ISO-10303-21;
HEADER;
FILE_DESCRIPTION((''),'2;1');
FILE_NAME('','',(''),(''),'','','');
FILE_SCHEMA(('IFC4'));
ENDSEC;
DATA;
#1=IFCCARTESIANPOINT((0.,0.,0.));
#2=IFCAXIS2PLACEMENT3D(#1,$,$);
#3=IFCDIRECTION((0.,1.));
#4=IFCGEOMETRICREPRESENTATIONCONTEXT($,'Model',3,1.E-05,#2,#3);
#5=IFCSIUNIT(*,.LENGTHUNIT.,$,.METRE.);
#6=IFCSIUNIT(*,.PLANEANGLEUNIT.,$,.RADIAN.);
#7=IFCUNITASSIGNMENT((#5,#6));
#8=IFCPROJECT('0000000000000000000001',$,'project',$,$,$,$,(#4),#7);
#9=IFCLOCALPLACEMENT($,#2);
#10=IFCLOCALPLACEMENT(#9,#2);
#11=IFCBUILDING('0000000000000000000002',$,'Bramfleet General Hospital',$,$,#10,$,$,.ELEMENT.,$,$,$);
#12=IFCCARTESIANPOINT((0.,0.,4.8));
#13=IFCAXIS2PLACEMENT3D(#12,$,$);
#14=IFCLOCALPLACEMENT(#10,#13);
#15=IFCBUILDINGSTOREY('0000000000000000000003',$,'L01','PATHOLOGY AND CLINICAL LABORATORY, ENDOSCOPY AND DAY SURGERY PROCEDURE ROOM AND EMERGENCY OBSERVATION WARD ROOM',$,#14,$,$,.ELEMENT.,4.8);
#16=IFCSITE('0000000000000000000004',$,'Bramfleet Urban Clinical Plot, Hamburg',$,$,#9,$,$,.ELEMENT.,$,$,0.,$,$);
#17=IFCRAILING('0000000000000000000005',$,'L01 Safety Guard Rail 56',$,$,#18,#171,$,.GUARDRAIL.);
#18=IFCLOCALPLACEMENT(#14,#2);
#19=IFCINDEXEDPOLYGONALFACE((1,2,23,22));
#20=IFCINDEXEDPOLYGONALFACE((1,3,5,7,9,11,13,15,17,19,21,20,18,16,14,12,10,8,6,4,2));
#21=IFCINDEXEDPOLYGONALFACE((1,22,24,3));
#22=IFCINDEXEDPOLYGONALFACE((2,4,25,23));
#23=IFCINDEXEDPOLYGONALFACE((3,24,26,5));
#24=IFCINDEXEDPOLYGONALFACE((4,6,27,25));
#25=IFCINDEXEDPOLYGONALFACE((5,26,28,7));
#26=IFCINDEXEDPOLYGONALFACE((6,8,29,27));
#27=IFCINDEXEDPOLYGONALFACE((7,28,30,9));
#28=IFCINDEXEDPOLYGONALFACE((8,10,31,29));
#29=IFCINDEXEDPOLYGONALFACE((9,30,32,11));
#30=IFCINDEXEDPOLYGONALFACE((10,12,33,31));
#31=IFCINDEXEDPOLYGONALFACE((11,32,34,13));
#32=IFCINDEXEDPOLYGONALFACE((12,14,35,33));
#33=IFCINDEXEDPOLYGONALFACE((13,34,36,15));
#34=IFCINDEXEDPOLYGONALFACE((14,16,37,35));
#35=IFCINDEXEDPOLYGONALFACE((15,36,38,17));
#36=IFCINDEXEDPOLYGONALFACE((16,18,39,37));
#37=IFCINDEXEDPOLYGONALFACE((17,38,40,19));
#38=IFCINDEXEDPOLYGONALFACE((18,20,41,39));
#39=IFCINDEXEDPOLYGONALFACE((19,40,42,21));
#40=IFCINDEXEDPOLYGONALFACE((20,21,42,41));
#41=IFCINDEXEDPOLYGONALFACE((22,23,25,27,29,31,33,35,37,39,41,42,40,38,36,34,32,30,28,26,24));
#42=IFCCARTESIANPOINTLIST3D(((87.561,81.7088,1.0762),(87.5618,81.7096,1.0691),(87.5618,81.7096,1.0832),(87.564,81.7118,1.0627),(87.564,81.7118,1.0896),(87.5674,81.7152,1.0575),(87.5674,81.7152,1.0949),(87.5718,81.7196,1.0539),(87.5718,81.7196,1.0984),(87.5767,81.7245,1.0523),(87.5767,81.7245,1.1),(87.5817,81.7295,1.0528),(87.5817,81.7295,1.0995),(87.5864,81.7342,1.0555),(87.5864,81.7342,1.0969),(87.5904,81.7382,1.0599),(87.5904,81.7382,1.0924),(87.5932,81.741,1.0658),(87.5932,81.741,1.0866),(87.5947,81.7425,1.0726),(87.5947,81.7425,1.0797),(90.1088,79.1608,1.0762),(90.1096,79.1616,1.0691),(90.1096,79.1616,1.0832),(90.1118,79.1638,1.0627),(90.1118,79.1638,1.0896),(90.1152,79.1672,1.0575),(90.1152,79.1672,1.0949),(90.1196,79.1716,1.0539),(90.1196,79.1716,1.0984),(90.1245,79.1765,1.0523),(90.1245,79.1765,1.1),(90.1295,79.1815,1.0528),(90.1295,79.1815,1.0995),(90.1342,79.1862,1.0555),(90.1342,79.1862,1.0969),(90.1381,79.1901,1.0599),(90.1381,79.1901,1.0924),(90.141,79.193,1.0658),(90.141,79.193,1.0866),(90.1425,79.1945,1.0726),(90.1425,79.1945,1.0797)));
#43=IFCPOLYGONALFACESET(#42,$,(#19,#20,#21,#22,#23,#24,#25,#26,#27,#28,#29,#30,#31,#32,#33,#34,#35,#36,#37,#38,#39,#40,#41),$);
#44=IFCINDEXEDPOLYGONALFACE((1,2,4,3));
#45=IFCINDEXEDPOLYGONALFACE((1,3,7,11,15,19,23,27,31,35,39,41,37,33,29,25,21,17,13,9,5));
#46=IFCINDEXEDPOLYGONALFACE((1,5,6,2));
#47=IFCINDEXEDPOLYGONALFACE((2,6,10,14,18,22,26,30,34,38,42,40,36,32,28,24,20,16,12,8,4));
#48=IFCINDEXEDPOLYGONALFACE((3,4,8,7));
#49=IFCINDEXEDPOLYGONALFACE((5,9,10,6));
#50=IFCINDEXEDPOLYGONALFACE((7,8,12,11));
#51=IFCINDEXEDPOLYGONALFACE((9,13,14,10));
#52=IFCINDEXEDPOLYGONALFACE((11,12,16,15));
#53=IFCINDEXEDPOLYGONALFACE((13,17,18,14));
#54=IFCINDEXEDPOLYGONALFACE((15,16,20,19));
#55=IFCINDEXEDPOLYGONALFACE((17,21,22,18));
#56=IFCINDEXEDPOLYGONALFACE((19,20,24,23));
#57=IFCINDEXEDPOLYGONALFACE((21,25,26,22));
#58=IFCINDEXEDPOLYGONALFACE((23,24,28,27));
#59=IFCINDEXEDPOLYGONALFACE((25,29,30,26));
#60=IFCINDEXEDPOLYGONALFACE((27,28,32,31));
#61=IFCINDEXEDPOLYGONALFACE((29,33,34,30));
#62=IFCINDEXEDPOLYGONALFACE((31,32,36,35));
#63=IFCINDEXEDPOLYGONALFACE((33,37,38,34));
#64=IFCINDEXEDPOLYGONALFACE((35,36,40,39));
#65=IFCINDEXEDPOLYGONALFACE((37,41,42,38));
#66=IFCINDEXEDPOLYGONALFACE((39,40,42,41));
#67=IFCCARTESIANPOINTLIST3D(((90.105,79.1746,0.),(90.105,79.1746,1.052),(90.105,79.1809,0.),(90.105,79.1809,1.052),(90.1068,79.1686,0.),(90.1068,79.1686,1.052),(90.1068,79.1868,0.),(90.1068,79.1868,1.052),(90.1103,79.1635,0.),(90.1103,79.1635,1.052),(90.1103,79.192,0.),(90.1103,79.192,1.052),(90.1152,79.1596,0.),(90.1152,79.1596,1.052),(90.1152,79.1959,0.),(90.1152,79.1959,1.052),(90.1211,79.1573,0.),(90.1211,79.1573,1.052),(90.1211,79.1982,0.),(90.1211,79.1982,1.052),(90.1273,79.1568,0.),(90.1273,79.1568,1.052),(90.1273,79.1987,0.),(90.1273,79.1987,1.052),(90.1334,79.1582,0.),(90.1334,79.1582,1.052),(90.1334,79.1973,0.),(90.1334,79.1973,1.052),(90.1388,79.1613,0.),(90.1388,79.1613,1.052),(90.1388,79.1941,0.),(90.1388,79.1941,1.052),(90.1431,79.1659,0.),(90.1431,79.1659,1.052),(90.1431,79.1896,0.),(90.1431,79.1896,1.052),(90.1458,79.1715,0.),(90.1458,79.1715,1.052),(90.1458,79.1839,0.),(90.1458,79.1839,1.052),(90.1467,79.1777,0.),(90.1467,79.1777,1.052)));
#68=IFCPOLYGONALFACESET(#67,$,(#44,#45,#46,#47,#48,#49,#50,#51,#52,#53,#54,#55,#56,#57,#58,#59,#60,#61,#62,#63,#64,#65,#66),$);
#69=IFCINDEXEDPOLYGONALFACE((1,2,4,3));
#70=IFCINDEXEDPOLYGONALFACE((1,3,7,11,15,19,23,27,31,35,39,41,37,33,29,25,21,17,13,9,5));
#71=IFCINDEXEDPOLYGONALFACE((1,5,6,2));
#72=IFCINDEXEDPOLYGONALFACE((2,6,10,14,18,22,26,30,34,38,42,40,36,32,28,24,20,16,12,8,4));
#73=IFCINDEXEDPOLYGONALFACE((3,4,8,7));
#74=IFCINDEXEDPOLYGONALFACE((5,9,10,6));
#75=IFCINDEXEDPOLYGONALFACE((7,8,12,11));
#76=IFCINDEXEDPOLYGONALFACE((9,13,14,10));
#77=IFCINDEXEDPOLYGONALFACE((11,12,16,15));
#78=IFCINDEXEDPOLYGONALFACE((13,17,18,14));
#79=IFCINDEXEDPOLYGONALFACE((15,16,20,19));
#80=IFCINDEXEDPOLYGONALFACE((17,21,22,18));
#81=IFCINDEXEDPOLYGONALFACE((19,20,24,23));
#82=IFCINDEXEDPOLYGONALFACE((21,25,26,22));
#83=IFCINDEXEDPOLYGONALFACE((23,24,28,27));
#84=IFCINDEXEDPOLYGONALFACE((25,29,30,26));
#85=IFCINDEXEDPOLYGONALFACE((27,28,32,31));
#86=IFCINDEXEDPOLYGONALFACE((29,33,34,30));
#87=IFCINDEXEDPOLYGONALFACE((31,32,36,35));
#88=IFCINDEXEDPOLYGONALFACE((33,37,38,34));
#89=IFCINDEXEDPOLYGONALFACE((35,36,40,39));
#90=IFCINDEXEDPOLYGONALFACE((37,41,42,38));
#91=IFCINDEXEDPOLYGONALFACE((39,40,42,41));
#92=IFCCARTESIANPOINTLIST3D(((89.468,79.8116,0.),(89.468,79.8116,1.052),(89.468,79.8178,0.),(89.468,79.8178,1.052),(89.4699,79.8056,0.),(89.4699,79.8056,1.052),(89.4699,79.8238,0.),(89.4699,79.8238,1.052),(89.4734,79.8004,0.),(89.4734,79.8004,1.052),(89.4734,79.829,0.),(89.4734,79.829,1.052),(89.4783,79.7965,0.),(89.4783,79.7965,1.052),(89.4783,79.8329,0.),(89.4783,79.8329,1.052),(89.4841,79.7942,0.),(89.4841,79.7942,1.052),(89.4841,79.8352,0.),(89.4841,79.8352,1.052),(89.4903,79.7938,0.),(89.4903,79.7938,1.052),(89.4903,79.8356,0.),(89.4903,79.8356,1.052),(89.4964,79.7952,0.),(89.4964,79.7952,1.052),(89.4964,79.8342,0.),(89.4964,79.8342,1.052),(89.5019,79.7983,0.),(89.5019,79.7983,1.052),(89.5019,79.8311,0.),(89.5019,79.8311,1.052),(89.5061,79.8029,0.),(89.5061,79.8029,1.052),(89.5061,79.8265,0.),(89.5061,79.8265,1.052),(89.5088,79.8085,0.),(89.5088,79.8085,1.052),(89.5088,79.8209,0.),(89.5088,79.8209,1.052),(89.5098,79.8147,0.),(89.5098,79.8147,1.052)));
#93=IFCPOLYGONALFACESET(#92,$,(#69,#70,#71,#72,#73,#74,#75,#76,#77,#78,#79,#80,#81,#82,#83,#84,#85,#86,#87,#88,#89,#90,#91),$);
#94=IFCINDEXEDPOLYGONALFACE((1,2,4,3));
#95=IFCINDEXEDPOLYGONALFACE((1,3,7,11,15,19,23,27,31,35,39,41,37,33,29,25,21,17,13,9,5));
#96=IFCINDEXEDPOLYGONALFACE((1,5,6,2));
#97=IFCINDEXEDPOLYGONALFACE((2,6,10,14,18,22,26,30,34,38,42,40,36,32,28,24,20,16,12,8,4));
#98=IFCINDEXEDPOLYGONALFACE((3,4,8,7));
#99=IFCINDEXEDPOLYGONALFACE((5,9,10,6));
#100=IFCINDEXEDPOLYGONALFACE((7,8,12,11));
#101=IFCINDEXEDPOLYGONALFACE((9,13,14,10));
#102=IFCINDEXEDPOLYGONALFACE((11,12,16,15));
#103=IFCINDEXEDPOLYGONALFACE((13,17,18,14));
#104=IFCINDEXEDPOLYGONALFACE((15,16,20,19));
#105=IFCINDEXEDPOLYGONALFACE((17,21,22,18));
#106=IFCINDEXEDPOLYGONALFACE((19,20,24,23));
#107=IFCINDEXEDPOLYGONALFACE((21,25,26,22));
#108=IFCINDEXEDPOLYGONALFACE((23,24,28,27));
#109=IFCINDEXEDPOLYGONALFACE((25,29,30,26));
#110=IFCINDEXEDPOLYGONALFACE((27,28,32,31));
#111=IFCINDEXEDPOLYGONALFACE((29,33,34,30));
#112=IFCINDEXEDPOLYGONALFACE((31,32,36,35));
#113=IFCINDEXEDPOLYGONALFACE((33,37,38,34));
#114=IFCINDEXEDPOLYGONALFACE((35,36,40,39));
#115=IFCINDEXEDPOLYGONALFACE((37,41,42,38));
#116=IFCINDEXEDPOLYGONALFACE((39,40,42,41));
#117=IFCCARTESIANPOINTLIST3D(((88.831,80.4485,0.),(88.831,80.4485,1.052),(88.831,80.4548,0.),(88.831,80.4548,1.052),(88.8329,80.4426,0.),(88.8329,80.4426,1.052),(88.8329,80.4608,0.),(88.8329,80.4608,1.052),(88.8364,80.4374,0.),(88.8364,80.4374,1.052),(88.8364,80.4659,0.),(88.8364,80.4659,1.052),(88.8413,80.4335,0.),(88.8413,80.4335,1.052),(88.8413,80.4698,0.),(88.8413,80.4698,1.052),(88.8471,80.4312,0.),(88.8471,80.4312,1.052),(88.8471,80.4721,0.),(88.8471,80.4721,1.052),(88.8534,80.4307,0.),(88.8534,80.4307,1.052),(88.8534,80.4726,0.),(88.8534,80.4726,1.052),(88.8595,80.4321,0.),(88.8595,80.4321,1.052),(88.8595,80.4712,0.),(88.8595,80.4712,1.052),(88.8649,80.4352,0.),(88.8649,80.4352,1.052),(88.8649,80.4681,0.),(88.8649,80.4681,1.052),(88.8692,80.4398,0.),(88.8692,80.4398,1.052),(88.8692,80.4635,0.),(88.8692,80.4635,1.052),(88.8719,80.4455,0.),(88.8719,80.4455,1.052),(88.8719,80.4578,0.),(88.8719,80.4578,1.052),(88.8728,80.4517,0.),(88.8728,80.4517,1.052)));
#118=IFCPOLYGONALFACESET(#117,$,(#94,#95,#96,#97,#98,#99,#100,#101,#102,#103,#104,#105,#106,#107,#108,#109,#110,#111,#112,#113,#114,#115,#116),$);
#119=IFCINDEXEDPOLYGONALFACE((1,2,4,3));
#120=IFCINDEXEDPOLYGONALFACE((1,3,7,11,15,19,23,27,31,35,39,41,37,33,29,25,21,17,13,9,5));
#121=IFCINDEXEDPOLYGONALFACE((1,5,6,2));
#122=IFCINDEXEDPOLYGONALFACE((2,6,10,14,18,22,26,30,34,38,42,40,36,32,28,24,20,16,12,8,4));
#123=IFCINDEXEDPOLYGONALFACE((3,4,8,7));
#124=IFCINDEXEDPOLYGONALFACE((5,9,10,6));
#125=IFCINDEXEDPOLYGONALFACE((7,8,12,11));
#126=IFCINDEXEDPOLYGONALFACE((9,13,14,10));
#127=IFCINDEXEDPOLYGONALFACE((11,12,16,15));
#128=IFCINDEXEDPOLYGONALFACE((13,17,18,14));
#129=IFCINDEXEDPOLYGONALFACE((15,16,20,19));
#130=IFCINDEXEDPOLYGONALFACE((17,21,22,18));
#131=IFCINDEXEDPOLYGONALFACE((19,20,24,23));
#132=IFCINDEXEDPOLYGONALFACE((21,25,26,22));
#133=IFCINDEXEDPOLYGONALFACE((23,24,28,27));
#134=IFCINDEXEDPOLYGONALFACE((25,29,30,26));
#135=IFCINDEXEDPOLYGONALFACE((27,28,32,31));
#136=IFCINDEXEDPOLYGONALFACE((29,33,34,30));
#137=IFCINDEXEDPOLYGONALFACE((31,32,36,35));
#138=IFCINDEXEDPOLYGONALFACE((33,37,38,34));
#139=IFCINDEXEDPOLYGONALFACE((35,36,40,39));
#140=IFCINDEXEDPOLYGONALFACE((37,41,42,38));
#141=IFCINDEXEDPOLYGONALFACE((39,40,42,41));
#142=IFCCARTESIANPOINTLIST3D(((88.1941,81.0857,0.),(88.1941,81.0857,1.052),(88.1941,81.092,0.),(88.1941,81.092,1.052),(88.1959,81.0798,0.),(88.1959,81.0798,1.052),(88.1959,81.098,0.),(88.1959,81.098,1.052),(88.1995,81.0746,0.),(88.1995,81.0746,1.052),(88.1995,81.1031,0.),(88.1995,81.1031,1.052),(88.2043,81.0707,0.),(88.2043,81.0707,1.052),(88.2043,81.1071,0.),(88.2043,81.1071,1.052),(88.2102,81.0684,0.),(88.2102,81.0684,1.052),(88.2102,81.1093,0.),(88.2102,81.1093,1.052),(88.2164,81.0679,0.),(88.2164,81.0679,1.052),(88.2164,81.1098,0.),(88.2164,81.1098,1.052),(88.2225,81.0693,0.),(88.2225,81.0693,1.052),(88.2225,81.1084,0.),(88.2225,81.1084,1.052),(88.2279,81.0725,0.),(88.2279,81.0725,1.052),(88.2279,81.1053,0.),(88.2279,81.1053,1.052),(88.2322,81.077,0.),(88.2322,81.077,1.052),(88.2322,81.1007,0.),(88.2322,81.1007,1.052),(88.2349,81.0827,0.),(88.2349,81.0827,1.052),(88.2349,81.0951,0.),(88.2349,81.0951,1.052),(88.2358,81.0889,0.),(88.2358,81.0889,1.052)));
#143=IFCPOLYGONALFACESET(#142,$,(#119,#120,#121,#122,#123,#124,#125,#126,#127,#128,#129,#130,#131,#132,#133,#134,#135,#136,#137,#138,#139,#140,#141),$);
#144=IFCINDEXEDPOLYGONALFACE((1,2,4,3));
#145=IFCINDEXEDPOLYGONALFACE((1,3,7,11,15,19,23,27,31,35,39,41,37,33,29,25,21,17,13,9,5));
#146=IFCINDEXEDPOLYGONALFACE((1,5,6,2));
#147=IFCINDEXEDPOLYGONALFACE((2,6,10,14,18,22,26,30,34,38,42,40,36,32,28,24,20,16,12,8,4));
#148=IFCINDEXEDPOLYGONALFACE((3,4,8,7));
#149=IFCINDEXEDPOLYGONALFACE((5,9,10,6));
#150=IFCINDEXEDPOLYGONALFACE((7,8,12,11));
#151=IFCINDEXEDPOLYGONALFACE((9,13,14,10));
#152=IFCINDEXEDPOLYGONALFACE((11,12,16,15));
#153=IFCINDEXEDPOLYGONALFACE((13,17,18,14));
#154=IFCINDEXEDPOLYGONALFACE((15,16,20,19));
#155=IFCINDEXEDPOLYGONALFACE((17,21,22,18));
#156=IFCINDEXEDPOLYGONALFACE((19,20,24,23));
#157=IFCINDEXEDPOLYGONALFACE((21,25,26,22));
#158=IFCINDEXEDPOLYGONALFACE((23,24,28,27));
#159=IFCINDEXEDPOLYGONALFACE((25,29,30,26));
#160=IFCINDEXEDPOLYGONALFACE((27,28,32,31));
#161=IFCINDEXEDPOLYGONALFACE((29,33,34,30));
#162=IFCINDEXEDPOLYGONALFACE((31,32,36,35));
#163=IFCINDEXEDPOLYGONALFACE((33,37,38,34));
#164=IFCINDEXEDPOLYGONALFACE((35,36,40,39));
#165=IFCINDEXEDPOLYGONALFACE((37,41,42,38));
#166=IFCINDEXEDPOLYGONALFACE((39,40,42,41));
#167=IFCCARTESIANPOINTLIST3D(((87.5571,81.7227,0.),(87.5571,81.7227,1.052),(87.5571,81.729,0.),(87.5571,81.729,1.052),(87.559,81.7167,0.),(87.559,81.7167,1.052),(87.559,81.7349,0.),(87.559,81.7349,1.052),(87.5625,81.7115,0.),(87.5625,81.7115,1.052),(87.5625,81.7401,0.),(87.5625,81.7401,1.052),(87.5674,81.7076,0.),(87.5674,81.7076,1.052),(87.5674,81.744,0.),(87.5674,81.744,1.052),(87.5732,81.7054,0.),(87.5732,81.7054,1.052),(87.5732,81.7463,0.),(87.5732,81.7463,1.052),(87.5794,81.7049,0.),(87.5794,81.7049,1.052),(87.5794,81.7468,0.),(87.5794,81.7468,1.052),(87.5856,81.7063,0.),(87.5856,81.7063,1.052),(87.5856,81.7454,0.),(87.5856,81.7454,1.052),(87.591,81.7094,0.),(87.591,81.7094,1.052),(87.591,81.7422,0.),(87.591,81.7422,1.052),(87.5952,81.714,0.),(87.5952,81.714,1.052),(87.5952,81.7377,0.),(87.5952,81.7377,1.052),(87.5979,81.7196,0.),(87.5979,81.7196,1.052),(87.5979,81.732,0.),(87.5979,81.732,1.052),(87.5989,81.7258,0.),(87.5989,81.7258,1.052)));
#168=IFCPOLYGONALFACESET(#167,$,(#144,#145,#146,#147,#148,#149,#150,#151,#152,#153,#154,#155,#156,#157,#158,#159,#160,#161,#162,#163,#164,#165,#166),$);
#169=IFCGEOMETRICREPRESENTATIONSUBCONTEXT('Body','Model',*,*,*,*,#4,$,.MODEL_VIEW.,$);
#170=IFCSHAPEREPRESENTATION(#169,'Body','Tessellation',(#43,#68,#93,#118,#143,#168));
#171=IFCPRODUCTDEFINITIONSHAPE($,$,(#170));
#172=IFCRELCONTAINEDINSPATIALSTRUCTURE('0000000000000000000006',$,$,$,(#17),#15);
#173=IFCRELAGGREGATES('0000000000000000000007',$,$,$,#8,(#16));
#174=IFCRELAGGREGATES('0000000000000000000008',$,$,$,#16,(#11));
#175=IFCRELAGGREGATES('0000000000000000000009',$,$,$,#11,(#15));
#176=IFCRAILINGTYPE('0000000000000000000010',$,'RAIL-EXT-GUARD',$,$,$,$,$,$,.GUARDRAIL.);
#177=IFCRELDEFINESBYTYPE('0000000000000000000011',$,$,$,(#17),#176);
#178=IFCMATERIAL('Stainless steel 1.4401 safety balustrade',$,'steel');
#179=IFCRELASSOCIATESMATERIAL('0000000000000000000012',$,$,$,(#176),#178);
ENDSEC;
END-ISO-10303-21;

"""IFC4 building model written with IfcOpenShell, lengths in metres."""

from ifc_helpers import new_model, si_unit, direction, frame, origin, origin_2d, place, context, subcontext, project, spatial, circle, extrude, material, type_object, element, save


model = new_model("IFC4")

# Units and contexts
model_context = context("Model", 3, precision=1e-05, world=origin(), true_north=direction((0.0, 1.0)))
body_context = subcontext(model_context, "Body", "Model", "MODEL_VIEW")
ifc_project = project(units=[si_unit("LENGTHUNIT", "METRE"), si_unit("PLANEANGLEUNIT", "RADIAN")], contexts=[model_context])

# Site, building, storey
site_placement = place(None, origin())
site = spatial("IfcSite", under=ifc_project, at=site_placement, Name="Bramfleet Urban Clinical Plot, Hamburg", CompositionType="ELEMENT", RefElevation=0.0)
building_placement = place(site_placement, origin())
building = spatial("IfcBuilding", under=site, at=building_placement, Name="Bramfleet General Hospital", CompositionType="ELEMENT")
storey_placement = place(building_placement, frame((0.0, 0.0, 4.8)))
storey = spatial("IfcBuildingStorey", under=building, at=storey_placement, Name="L01", Description="PATHOLOGY AND CLINICAL LABORATORY, ENDOSCOPY AND DAY SURGERY PROCEDURE ROOM AND EMERGENCY OBSERVATION WARD ROOM", CompositionType="ELEMENT", Elevation=4.8)

# Railing
ifc_material_1 = material(Name="Stainless steel 1.4401 safety balustrade", Category="steel")
railing_type = type_object("IfcRailingType", Name="RAIL-EXT-GUARD", PredefinedType="GUARDRAIL", material=ifc_material_1)
railing_placement = place(storey_placement, frame((90.1257, 79.1777, 0.0)))
element("IfcRailing", 1, at=railing_placement, inside=storey, type_object=railing_type, Name="L01 Safety Guard Rail 56", PredefinedType="GUARDRAIL", context=body_context, shape_type="SweptSolid", body=[
    extrude(circle(Radius=0.0239, at=origin_2d()), frame((0.0, 0.0, 1.0762), z_axis=(-0.707073, 0.707141, 0.0), x_axis=(-0.707141, -0.707073, 0.0)), (0.0, 0.0, 1.0), 3.6033),
    extrude(circle(Radius=0.021, at=origin_2d()), origin(), (0.0, 0.0, 1.0), 1.052),
    extrude(circle(Radius=0.021, at=origin_2d()), frame((-0.637, 0.637, 0.0)), (0.0, 0.0, 1.0), 1.052),
    extrude(circle(Radius=0.021, at=origin_2d()), frame((-1.2739, 1.2739, 0.0)), (0.0, 0.0, 1.0), 1.052),
    extrude(circle(Radius=0.021, at=origin_2d()), frame((-1.9109, 1.9111, 0.0)), (0.0, 0.0, 1.0), 1.052),
    extrude(circle(Radius=0.021, at=origin_2d()), frame((-2.5479, 2.5481, 0.0)), (0.0, 0.0, 1.0), 1.052),
])

save(model, "model.ifc")
